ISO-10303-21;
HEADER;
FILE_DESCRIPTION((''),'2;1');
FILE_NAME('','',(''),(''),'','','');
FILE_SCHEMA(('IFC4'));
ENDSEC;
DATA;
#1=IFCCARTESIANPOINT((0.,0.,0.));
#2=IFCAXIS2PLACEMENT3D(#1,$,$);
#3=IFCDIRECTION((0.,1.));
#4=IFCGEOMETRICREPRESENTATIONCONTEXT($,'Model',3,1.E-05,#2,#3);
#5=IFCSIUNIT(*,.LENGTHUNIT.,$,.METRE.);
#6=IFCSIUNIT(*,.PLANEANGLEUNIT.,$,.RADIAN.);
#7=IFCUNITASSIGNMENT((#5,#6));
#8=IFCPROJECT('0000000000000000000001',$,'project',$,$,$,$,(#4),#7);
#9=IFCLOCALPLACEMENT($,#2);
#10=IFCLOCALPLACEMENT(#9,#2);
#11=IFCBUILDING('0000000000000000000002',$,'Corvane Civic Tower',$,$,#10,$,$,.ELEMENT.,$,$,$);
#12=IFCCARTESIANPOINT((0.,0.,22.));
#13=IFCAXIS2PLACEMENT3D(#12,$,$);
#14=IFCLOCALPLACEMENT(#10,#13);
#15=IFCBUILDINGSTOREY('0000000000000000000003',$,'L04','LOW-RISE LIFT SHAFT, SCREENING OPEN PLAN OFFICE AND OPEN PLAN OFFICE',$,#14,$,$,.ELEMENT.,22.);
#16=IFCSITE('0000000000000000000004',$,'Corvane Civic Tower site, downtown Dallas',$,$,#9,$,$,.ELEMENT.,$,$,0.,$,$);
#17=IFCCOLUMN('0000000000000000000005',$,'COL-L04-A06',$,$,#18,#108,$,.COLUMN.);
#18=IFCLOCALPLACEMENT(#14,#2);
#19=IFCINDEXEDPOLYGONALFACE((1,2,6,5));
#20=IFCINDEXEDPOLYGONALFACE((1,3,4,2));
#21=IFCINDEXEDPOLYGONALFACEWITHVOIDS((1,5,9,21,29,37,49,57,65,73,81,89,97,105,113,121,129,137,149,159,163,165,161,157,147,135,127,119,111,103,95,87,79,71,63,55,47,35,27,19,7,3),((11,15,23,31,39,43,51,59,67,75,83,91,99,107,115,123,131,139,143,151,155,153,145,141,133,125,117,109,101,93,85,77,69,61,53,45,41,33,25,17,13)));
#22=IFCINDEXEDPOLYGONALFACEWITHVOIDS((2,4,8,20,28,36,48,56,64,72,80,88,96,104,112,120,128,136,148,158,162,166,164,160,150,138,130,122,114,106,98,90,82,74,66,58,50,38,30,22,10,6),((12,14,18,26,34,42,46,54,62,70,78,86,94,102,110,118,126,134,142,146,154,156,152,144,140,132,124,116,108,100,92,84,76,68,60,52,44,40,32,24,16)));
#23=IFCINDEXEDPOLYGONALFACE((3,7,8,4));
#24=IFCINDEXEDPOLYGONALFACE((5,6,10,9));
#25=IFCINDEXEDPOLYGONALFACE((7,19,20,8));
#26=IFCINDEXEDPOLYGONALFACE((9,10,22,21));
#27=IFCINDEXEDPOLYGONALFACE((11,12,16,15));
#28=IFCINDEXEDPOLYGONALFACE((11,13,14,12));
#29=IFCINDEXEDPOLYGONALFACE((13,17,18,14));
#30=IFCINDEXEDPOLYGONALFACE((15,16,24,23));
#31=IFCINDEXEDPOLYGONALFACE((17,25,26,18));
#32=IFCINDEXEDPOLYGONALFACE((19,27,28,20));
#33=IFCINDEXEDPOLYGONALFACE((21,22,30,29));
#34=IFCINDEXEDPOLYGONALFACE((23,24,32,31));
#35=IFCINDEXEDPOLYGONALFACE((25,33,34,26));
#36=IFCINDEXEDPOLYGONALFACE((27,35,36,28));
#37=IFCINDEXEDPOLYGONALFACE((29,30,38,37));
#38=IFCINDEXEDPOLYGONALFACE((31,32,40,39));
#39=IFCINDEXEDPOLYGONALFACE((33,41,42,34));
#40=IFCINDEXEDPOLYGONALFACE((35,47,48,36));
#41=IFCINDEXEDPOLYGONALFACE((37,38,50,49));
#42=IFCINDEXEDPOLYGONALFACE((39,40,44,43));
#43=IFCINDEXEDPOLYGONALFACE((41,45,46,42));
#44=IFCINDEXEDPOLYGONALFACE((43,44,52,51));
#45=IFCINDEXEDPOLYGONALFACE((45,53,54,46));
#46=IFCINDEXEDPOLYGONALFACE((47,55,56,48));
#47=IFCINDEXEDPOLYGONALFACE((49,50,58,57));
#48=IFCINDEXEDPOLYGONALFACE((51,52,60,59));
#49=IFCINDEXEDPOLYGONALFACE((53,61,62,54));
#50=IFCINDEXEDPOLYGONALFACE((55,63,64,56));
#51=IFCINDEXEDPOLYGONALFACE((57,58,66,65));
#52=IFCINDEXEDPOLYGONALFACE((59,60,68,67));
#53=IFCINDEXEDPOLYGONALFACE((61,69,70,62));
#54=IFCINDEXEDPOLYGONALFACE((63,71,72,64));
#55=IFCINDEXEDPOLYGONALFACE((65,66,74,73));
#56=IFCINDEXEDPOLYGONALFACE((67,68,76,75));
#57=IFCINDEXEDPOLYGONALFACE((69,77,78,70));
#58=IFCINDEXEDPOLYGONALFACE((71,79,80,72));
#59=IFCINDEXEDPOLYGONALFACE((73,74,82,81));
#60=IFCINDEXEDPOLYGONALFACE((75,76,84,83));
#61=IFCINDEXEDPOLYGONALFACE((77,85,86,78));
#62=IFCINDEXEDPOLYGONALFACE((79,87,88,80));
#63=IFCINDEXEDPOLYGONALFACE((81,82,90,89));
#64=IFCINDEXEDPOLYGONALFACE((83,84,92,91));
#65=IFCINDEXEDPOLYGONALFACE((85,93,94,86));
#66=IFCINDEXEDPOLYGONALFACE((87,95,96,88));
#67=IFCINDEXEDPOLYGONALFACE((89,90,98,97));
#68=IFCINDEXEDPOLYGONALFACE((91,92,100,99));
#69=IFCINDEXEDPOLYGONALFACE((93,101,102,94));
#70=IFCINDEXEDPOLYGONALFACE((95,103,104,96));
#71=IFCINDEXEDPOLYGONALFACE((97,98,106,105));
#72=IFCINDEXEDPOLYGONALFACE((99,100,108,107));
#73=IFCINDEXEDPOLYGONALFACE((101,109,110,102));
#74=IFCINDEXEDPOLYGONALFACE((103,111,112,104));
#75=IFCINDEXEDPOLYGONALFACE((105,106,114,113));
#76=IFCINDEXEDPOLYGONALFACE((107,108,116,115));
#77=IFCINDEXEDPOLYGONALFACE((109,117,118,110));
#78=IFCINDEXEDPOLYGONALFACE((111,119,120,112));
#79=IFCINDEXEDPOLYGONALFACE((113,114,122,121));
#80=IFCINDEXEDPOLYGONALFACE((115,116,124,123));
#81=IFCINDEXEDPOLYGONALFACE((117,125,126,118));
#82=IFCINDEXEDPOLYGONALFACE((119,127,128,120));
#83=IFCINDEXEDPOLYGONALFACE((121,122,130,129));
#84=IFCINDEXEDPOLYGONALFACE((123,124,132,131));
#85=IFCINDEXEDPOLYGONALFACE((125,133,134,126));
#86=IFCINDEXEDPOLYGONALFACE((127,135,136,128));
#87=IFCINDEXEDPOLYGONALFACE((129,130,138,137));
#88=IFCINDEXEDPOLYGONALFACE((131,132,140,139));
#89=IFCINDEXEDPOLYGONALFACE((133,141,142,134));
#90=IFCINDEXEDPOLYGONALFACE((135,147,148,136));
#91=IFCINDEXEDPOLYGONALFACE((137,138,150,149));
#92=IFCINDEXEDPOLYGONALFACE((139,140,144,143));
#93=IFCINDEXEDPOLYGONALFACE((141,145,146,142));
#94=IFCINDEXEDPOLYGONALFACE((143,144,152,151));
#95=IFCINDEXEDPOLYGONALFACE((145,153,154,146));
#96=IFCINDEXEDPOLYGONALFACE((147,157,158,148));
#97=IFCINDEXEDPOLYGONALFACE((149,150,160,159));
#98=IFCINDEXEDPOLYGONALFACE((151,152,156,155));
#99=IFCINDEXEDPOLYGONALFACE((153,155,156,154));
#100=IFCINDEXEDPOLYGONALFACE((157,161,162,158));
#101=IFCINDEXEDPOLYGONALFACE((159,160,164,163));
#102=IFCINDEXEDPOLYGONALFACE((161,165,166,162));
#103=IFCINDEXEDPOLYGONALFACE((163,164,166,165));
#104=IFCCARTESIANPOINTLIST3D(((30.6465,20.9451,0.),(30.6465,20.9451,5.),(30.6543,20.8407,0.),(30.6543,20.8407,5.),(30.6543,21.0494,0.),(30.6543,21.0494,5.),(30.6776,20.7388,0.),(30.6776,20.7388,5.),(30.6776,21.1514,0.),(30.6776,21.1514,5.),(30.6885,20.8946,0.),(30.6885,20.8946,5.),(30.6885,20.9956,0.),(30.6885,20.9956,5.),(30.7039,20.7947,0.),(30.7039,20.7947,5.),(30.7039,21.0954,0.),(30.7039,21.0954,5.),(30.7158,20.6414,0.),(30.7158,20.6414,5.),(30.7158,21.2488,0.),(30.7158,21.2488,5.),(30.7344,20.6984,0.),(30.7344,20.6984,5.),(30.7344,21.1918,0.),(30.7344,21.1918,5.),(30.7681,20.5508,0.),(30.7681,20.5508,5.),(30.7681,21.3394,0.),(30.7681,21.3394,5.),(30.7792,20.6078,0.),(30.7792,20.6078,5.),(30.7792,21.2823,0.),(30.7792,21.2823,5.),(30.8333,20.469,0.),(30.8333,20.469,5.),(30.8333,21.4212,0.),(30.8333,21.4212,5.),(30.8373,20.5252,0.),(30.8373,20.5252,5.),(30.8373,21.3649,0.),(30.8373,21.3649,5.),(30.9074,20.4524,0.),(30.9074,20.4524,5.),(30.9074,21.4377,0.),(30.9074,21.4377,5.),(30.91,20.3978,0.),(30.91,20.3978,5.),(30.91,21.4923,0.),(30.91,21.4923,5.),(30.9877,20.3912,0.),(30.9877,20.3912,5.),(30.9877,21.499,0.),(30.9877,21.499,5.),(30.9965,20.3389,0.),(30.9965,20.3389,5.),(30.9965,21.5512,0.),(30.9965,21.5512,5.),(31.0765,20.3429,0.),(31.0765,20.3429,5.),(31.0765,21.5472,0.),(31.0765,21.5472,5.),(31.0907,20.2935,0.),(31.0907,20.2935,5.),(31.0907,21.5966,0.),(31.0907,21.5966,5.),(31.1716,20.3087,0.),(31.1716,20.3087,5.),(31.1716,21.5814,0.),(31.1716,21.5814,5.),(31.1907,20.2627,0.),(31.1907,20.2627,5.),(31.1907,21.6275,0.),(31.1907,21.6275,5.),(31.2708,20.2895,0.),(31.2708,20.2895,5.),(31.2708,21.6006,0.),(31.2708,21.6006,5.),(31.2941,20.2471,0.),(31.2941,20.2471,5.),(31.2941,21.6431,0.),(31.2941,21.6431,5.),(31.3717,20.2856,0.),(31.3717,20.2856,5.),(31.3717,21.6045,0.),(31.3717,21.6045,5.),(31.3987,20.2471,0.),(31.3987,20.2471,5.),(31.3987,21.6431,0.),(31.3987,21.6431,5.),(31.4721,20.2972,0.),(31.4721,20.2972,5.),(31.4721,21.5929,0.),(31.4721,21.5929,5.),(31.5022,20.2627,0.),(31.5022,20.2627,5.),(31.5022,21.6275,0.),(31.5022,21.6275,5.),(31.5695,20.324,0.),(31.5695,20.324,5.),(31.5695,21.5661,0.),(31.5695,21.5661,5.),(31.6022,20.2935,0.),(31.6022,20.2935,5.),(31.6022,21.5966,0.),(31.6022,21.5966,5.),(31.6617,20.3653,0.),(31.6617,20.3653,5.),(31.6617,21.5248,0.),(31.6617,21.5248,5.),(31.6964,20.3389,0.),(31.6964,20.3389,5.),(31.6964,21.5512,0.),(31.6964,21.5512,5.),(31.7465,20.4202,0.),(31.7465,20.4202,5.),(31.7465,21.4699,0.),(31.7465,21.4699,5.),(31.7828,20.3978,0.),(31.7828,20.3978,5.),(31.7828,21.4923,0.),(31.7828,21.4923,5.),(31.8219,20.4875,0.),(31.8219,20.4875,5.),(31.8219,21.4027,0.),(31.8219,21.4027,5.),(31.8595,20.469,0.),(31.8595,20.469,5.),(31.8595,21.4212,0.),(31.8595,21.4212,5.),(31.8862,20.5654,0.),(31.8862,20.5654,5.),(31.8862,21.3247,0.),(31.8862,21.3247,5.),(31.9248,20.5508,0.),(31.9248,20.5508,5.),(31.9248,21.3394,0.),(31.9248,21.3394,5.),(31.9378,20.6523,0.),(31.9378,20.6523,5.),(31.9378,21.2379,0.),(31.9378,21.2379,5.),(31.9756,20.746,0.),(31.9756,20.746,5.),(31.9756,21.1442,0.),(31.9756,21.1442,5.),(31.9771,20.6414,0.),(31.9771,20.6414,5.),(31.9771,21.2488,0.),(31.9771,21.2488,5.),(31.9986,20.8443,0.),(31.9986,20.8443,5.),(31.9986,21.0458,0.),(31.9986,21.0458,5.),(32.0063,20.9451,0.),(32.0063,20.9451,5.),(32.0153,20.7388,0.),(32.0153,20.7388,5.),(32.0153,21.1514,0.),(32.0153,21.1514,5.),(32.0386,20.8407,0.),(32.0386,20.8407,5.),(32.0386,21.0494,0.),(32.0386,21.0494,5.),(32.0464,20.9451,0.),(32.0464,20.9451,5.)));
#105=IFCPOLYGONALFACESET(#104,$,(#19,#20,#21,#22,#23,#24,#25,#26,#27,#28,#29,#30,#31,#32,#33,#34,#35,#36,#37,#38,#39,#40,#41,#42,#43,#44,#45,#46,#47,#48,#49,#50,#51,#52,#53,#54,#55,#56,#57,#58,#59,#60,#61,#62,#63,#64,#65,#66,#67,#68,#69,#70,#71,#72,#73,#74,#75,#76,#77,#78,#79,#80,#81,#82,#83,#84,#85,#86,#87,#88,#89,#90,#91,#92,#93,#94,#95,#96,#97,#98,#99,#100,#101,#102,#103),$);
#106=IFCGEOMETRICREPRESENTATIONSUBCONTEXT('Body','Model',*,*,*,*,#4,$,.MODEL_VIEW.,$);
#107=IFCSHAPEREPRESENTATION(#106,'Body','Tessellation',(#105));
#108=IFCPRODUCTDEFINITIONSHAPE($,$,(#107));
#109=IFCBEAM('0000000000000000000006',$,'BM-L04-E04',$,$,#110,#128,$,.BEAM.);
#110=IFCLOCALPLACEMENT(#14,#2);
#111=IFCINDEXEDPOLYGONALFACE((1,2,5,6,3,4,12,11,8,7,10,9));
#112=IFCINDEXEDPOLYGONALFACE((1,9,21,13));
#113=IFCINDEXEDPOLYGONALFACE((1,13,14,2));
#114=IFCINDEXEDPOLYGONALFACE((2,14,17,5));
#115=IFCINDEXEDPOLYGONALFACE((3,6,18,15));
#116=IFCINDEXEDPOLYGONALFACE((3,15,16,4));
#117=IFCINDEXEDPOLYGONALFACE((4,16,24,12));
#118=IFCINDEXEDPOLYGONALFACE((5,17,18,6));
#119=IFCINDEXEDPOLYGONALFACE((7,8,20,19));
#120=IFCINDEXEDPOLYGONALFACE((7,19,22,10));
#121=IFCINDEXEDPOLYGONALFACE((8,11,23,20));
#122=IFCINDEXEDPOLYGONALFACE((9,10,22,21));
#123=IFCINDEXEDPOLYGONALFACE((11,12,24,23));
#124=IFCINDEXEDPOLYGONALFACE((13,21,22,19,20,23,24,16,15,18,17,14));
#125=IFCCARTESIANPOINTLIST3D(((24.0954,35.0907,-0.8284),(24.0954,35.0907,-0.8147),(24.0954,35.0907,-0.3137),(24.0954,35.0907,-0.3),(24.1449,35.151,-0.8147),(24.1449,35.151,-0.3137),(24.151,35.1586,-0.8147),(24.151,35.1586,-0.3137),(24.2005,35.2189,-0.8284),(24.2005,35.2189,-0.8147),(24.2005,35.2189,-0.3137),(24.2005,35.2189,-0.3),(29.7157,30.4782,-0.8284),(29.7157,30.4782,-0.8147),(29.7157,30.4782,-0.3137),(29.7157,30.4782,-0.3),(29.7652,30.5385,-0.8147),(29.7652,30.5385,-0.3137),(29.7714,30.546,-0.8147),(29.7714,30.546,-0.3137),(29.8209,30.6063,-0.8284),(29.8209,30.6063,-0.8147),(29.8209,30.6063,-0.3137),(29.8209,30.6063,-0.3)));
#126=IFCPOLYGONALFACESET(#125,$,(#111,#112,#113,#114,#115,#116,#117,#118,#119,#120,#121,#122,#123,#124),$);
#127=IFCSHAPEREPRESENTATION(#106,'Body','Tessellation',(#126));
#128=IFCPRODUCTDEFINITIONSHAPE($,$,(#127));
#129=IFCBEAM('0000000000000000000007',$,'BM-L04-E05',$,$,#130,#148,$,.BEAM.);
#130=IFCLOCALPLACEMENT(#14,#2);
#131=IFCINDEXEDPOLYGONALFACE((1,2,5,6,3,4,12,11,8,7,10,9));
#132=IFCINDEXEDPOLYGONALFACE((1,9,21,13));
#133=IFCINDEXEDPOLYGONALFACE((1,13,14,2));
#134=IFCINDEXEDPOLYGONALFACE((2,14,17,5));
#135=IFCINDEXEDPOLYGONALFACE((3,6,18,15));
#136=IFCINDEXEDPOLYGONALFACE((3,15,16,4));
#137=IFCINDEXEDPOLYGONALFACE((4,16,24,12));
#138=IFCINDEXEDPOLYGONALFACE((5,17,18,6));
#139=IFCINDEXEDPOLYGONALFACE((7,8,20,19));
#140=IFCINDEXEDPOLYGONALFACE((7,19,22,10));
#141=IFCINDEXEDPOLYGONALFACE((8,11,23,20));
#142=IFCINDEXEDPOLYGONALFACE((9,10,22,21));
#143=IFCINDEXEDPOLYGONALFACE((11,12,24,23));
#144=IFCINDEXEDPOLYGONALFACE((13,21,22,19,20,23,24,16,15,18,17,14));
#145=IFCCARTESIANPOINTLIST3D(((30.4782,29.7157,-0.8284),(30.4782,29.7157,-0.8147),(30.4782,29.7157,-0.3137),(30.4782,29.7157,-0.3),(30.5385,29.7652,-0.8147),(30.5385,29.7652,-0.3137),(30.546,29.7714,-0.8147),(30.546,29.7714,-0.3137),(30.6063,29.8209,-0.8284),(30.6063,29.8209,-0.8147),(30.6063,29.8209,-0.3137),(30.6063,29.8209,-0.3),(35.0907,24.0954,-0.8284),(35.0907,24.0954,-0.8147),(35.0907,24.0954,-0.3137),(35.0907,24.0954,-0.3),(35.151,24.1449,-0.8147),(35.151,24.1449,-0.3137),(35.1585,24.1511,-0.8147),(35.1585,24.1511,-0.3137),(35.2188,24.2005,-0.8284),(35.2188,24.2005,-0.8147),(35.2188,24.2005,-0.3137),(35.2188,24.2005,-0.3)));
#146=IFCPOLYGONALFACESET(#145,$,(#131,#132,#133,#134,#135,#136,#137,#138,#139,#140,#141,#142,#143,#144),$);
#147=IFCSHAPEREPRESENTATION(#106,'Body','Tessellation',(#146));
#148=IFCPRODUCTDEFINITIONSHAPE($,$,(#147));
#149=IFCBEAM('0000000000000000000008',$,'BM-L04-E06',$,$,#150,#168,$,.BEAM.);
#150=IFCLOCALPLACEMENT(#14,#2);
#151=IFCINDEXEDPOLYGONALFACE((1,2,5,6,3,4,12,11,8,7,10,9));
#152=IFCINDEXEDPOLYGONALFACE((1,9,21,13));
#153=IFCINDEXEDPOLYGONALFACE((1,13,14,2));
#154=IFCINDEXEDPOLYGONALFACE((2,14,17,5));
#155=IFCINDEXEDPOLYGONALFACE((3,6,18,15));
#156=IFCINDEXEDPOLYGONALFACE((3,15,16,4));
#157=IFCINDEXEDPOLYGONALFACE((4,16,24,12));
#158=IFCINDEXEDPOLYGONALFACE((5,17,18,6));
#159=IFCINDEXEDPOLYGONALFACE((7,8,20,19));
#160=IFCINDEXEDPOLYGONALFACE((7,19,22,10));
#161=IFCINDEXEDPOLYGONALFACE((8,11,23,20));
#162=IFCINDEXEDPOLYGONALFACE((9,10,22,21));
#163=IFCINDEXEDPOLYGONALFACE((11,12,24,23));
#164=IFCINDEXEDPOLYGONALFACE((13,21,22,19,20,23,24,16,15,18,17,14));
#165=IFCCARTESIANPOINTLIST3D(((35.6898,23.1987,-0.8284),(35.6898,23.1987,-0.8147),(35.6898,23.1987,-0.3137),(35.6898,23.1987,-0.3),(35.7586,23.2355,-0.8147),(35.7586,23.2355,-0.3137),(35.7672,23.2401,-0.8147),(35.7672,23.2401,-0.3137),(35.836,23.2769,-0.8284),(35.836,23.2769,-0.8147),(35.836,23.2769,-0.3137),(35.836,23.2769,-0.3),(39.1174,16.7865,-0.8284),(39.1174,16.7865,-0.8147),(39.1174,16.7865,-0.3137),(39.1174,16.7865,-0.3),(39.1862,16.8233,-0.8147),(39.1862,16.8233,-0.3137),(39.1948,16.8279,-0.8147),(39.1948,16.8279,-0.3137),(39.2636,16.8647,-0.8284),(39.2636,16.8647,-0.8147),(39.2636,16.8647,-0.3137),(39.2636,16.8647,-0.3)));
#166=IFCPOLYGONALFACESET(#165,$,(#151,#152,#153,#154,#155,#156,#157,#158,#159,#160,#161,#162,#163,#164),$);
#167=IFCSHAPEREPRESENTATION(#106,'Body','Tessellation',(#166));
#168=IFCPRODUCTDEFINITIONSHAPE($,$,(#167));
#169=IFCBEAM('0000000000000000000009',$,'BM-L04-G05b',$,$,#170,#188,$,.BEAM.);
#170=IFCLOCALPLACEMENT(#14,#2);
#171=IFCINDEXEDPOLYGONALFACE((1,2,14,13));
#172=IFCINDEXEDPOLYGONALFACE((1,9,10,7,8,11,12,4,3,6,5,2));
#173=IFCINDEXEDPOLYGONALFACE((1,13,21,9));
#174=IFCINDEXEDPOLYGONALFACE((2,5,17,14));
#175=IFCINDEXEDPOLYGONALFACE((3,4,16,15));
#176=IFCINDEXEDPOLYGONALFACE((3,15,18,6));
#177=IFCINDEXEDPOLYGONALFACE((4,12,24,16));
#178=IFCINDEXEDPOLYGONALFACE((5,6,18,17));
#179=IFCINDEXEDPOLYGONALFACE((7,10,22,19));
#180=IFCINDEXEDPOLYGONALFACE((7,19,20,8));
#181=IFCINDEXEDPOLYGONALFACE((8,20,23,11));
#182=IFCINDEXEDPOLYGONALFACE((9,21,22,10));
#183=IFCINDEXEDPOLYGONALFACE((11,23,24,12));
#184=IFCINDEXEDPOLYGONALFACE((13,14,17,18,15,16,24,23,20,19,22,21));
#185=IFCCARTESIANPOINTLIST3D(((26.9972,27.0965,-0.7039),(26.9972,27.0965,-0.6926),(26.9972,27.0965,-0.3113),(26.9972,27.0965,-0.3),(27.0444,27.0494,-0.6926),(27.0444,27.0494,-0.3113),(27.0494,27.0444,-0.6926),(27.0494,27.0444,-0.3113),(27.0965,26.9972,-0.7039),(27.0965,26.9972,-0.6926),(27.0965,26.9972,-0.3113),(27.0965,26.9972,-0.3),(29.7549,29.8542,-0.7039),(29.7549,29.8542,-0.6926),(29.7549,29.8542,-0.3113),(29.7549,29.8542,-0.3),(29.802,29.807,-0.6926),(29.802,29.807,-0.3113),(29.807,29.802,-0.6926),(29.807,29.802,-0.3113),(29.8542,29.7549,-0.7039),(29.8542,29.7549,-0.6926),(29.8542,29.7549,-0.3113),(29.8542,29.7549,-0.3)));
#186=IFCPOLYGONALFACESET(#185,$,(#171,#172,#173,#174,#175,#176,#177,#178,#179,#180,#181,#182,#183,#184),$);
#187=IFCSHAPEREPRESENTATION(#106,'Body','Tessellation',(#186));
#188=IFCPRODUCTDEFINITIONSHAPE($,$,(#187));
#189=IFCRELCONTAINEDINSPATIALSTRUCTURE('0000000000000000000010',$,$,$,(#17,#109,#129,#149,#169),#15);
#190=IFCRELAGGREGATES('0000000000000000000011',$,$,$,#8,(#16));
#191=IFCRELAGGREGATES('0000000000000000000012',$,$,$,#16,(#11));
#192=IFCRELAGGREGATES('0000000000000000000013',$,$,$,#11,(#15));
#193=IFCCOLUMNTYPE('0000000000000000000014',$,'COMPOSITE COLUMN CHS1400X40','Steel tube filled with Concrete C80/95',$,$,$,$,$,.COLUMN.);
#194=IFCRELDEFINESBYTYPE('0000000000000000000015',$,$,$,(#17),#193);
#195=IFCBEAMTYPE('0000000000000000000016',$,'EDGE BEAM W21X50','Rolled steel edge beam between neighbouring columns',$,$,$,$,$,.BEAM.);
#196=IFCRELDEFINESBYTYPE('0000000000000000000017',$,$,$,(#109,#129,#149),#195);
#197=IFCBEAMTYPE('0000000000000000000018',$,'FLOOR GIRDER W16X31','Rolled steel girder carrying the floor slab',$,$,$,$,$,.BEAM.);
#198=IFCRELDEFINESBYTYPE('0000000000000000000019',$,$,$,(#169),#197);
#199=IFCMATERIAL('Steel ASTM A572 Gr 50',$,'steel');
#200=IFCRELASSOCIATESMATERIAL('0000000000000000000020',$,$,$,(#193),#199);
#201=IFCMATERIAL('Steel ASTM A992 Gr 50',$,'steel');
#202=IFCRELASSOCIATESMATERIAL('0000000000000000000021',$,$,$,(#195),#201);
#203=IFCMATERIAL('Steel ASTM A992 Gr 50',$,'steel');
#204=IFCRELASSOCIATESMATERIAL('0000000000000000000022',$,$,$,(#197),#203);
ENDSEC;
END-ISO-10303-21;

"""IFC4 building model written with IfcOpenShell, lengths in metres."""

from ifc_helpers import new_model, si_unit, direction, frame, origin, origin_2d, place, context, subcontext, project, spatial, hollow_circle, i_section, extrude, material, material_profile, profile_set, type_object, element, save


model = new_model("IFC4")

# Units and contexts
model_context = context("Model", 3, precision=1e-05, world=origin(), true_north=direction((0.0, 1.0)))
body_context = subcontext(model_context, "Body", "Model", "MODEL_VIEW")
ifc_project = project(units=[si_unit("LENGTHUNIT", "METRE"), si_unit("PLANEANGLEUNIT", "RADIAN")], contexts=[model_context])

# Site, building, storey
site_placement = place(None, origin())
site = spatial("IfcSite", under=ifc_project, at=site_placement, Name="Corvane Civic Tower site, downtown Dallas", CompositionType="ELEMENT", RefElevation=0.0)
building_placement = place(site_placement, origin())
building = spatial("IfcBuilding", under=site, at=building_placement, Name="Corvane Civic Tower", CompositionType="ELEMENT")
storey_placement = place(building_placement, frame((0.0, 0.0, 22.0)))
storey = spatial("IfcBuildingStorey", under=building, at=storey_placement, Name="L04", Description="LOW-RISE LIFT SHAFT, SCREENING OPEN PLAN OFFICE AND OPEN PLAN OFFICE", CompositionType="ELEMENT", Elevation=22.0)

# Column
ifc_material_1 = material(Name="Steel ASTM A572 Gr 50", Category="steel")
ifc_material_profile_1 = material_profile(ifc_material_1, hollow_circle(Radius=0.7, WallThickness=0.04, at=origin_2d()), Name="CHS1400X40")
ifc_profile_set_1 = profile_set([ifc_material_profile_1], Name="Steel ASTM A572 Gr 50")
column_type_1 = type_object("IfcColumnType", Name="COMPOSITE COLUMN CHS1400X40", Description="Steel tube filled with Concrete C80/95", PredefinedType="COLUMN", material=ifc_profile_set_1)
for number, where, z_axis, x_axis, name in (
    (1, (31.3464, 20.9451, 0.0), (0.0, 0.0, 1.0), (1.0, 0.0, 0.0), "COL-L04-A06"),
):
    element("IfcColumn", number, at=place(storey_placement, frame(where, z_axis=z_axis, x_axis=x_axis)), inside=storey, type_object=column_type_1, Name=name, PredefinedType="COLUMN", context=body_context, shape_type="SweptSolid", body=[
        extrude(hollow_circle(Radius=0.7, WallThickness=0.04, at=origin_2d()), origin(), (0.0, 0.0, 1.0), 5.0),
    ])

# Beams
ifc_material_2 = material(Name="Steel ASTM A992 Gr 50", Category="steel")
ifc_material_profile_2 = material_profile(ifc_material_2, i_section(OverallWidth=0.1658, OverallDepth=0.5283, WebThickness=0.0098, FlangeThickness=0.0137, at=origin_2d()), Name="W21X50")
ifc_profile_set_2 = profile_set([ifc_material_profile_2], Name="Steel ASTM A992 Gr 50")
beam_type_1 = type_object("IfcBeamType", Name="EDGE BEAM W21X50", Description="Rolled steel edge beam between neighbouring columns", PredefinedType="BEAM", material=ifc_profile_set_2)
for number, where, z_axis, x_axis, name in (
    (2, (24.1479, 35.1548, -0.5642), (0.773008, -0.634396, 0.0), (0.634396, 0.773008, 0.0), "BM-L04-E04"),
    (3, (30.5422, 29.7683, -0.5642), (0.634396, -0.773008, 0.0), (0.773008, 0.634396, 0.0), "BM-L04-E05"),
    (4, (35.7629, 23.2378, -0.5642), (0.471412, -0.881913, 0.0), (0.881913, 0.471412, 0.0), "BM-L04-E06"),
):
    element("IfcBeam", number, at=place(storey_placement, frame(where, z_axis=z_axis, x_axis=x_axis)), inside=storey, type_object=beam_type_1, Name=name, PredefinedType="BEAM", context=body_context, shape_type="SweptSolid", body=[
        extrude(i_section(OverallWidth=0.1658, OverallDepth=0.5283, WebThickness=0.0098, FlangeThickness=0.0137, at=origin_2d()), origin(), (0.0, 0.0, 1.0), 7.2708),
    ])
ifc_material_3 = material(Name="Steel ASTM A992 Gr 50", Category="steel")
ifc_material_profile_3 = material_profile(ifc_material_3, i_section(OverallWidth=0.1404, OverallDepth=0.4038, WebThickness=0.0071, FlangeThickness=0.0112, at=origin_2d()), Name="W16X31")
ifc_profile_set_3 = profile_set([ifc_material_profile_3], Name="Steel ASTM A992 Gr 50")
beam_type_2 = type_object("IfcBeamType", Name="FLOOR GIRDER W16X31", Description="Rolled steel girder carrying the floor slab", PredefinedType="BEAM", material=ifc_profile_set_3)
for number, where, z_axis, x_axis, name in (
    (5, (27.0469, 27.0469, -0.502), (0.707107, 0.707107, 0.0), (-0.707107, 0.707107, 0.0), "BM-L04-G05b"),
):
    element("IfcBeam", number, at=place(storey_placement, frame(where, z_axis=z_axis, x_axis=x_axis)), inside=storey, type_object=beam_type_2, Name=name, PredefinedType="BEAM", context=body_context, shape_type="SweptSolid", body=[
        extrude(i_section(OverallWidth=0.1404, OverallDepth=0.4038, WebThickness=0.0071, FlangeThickness=0.0112, at=origin_2d()), origin(), (0.0, 0.0, 1.0), 3.8999),
    ])

save(model, "model.ifc")
